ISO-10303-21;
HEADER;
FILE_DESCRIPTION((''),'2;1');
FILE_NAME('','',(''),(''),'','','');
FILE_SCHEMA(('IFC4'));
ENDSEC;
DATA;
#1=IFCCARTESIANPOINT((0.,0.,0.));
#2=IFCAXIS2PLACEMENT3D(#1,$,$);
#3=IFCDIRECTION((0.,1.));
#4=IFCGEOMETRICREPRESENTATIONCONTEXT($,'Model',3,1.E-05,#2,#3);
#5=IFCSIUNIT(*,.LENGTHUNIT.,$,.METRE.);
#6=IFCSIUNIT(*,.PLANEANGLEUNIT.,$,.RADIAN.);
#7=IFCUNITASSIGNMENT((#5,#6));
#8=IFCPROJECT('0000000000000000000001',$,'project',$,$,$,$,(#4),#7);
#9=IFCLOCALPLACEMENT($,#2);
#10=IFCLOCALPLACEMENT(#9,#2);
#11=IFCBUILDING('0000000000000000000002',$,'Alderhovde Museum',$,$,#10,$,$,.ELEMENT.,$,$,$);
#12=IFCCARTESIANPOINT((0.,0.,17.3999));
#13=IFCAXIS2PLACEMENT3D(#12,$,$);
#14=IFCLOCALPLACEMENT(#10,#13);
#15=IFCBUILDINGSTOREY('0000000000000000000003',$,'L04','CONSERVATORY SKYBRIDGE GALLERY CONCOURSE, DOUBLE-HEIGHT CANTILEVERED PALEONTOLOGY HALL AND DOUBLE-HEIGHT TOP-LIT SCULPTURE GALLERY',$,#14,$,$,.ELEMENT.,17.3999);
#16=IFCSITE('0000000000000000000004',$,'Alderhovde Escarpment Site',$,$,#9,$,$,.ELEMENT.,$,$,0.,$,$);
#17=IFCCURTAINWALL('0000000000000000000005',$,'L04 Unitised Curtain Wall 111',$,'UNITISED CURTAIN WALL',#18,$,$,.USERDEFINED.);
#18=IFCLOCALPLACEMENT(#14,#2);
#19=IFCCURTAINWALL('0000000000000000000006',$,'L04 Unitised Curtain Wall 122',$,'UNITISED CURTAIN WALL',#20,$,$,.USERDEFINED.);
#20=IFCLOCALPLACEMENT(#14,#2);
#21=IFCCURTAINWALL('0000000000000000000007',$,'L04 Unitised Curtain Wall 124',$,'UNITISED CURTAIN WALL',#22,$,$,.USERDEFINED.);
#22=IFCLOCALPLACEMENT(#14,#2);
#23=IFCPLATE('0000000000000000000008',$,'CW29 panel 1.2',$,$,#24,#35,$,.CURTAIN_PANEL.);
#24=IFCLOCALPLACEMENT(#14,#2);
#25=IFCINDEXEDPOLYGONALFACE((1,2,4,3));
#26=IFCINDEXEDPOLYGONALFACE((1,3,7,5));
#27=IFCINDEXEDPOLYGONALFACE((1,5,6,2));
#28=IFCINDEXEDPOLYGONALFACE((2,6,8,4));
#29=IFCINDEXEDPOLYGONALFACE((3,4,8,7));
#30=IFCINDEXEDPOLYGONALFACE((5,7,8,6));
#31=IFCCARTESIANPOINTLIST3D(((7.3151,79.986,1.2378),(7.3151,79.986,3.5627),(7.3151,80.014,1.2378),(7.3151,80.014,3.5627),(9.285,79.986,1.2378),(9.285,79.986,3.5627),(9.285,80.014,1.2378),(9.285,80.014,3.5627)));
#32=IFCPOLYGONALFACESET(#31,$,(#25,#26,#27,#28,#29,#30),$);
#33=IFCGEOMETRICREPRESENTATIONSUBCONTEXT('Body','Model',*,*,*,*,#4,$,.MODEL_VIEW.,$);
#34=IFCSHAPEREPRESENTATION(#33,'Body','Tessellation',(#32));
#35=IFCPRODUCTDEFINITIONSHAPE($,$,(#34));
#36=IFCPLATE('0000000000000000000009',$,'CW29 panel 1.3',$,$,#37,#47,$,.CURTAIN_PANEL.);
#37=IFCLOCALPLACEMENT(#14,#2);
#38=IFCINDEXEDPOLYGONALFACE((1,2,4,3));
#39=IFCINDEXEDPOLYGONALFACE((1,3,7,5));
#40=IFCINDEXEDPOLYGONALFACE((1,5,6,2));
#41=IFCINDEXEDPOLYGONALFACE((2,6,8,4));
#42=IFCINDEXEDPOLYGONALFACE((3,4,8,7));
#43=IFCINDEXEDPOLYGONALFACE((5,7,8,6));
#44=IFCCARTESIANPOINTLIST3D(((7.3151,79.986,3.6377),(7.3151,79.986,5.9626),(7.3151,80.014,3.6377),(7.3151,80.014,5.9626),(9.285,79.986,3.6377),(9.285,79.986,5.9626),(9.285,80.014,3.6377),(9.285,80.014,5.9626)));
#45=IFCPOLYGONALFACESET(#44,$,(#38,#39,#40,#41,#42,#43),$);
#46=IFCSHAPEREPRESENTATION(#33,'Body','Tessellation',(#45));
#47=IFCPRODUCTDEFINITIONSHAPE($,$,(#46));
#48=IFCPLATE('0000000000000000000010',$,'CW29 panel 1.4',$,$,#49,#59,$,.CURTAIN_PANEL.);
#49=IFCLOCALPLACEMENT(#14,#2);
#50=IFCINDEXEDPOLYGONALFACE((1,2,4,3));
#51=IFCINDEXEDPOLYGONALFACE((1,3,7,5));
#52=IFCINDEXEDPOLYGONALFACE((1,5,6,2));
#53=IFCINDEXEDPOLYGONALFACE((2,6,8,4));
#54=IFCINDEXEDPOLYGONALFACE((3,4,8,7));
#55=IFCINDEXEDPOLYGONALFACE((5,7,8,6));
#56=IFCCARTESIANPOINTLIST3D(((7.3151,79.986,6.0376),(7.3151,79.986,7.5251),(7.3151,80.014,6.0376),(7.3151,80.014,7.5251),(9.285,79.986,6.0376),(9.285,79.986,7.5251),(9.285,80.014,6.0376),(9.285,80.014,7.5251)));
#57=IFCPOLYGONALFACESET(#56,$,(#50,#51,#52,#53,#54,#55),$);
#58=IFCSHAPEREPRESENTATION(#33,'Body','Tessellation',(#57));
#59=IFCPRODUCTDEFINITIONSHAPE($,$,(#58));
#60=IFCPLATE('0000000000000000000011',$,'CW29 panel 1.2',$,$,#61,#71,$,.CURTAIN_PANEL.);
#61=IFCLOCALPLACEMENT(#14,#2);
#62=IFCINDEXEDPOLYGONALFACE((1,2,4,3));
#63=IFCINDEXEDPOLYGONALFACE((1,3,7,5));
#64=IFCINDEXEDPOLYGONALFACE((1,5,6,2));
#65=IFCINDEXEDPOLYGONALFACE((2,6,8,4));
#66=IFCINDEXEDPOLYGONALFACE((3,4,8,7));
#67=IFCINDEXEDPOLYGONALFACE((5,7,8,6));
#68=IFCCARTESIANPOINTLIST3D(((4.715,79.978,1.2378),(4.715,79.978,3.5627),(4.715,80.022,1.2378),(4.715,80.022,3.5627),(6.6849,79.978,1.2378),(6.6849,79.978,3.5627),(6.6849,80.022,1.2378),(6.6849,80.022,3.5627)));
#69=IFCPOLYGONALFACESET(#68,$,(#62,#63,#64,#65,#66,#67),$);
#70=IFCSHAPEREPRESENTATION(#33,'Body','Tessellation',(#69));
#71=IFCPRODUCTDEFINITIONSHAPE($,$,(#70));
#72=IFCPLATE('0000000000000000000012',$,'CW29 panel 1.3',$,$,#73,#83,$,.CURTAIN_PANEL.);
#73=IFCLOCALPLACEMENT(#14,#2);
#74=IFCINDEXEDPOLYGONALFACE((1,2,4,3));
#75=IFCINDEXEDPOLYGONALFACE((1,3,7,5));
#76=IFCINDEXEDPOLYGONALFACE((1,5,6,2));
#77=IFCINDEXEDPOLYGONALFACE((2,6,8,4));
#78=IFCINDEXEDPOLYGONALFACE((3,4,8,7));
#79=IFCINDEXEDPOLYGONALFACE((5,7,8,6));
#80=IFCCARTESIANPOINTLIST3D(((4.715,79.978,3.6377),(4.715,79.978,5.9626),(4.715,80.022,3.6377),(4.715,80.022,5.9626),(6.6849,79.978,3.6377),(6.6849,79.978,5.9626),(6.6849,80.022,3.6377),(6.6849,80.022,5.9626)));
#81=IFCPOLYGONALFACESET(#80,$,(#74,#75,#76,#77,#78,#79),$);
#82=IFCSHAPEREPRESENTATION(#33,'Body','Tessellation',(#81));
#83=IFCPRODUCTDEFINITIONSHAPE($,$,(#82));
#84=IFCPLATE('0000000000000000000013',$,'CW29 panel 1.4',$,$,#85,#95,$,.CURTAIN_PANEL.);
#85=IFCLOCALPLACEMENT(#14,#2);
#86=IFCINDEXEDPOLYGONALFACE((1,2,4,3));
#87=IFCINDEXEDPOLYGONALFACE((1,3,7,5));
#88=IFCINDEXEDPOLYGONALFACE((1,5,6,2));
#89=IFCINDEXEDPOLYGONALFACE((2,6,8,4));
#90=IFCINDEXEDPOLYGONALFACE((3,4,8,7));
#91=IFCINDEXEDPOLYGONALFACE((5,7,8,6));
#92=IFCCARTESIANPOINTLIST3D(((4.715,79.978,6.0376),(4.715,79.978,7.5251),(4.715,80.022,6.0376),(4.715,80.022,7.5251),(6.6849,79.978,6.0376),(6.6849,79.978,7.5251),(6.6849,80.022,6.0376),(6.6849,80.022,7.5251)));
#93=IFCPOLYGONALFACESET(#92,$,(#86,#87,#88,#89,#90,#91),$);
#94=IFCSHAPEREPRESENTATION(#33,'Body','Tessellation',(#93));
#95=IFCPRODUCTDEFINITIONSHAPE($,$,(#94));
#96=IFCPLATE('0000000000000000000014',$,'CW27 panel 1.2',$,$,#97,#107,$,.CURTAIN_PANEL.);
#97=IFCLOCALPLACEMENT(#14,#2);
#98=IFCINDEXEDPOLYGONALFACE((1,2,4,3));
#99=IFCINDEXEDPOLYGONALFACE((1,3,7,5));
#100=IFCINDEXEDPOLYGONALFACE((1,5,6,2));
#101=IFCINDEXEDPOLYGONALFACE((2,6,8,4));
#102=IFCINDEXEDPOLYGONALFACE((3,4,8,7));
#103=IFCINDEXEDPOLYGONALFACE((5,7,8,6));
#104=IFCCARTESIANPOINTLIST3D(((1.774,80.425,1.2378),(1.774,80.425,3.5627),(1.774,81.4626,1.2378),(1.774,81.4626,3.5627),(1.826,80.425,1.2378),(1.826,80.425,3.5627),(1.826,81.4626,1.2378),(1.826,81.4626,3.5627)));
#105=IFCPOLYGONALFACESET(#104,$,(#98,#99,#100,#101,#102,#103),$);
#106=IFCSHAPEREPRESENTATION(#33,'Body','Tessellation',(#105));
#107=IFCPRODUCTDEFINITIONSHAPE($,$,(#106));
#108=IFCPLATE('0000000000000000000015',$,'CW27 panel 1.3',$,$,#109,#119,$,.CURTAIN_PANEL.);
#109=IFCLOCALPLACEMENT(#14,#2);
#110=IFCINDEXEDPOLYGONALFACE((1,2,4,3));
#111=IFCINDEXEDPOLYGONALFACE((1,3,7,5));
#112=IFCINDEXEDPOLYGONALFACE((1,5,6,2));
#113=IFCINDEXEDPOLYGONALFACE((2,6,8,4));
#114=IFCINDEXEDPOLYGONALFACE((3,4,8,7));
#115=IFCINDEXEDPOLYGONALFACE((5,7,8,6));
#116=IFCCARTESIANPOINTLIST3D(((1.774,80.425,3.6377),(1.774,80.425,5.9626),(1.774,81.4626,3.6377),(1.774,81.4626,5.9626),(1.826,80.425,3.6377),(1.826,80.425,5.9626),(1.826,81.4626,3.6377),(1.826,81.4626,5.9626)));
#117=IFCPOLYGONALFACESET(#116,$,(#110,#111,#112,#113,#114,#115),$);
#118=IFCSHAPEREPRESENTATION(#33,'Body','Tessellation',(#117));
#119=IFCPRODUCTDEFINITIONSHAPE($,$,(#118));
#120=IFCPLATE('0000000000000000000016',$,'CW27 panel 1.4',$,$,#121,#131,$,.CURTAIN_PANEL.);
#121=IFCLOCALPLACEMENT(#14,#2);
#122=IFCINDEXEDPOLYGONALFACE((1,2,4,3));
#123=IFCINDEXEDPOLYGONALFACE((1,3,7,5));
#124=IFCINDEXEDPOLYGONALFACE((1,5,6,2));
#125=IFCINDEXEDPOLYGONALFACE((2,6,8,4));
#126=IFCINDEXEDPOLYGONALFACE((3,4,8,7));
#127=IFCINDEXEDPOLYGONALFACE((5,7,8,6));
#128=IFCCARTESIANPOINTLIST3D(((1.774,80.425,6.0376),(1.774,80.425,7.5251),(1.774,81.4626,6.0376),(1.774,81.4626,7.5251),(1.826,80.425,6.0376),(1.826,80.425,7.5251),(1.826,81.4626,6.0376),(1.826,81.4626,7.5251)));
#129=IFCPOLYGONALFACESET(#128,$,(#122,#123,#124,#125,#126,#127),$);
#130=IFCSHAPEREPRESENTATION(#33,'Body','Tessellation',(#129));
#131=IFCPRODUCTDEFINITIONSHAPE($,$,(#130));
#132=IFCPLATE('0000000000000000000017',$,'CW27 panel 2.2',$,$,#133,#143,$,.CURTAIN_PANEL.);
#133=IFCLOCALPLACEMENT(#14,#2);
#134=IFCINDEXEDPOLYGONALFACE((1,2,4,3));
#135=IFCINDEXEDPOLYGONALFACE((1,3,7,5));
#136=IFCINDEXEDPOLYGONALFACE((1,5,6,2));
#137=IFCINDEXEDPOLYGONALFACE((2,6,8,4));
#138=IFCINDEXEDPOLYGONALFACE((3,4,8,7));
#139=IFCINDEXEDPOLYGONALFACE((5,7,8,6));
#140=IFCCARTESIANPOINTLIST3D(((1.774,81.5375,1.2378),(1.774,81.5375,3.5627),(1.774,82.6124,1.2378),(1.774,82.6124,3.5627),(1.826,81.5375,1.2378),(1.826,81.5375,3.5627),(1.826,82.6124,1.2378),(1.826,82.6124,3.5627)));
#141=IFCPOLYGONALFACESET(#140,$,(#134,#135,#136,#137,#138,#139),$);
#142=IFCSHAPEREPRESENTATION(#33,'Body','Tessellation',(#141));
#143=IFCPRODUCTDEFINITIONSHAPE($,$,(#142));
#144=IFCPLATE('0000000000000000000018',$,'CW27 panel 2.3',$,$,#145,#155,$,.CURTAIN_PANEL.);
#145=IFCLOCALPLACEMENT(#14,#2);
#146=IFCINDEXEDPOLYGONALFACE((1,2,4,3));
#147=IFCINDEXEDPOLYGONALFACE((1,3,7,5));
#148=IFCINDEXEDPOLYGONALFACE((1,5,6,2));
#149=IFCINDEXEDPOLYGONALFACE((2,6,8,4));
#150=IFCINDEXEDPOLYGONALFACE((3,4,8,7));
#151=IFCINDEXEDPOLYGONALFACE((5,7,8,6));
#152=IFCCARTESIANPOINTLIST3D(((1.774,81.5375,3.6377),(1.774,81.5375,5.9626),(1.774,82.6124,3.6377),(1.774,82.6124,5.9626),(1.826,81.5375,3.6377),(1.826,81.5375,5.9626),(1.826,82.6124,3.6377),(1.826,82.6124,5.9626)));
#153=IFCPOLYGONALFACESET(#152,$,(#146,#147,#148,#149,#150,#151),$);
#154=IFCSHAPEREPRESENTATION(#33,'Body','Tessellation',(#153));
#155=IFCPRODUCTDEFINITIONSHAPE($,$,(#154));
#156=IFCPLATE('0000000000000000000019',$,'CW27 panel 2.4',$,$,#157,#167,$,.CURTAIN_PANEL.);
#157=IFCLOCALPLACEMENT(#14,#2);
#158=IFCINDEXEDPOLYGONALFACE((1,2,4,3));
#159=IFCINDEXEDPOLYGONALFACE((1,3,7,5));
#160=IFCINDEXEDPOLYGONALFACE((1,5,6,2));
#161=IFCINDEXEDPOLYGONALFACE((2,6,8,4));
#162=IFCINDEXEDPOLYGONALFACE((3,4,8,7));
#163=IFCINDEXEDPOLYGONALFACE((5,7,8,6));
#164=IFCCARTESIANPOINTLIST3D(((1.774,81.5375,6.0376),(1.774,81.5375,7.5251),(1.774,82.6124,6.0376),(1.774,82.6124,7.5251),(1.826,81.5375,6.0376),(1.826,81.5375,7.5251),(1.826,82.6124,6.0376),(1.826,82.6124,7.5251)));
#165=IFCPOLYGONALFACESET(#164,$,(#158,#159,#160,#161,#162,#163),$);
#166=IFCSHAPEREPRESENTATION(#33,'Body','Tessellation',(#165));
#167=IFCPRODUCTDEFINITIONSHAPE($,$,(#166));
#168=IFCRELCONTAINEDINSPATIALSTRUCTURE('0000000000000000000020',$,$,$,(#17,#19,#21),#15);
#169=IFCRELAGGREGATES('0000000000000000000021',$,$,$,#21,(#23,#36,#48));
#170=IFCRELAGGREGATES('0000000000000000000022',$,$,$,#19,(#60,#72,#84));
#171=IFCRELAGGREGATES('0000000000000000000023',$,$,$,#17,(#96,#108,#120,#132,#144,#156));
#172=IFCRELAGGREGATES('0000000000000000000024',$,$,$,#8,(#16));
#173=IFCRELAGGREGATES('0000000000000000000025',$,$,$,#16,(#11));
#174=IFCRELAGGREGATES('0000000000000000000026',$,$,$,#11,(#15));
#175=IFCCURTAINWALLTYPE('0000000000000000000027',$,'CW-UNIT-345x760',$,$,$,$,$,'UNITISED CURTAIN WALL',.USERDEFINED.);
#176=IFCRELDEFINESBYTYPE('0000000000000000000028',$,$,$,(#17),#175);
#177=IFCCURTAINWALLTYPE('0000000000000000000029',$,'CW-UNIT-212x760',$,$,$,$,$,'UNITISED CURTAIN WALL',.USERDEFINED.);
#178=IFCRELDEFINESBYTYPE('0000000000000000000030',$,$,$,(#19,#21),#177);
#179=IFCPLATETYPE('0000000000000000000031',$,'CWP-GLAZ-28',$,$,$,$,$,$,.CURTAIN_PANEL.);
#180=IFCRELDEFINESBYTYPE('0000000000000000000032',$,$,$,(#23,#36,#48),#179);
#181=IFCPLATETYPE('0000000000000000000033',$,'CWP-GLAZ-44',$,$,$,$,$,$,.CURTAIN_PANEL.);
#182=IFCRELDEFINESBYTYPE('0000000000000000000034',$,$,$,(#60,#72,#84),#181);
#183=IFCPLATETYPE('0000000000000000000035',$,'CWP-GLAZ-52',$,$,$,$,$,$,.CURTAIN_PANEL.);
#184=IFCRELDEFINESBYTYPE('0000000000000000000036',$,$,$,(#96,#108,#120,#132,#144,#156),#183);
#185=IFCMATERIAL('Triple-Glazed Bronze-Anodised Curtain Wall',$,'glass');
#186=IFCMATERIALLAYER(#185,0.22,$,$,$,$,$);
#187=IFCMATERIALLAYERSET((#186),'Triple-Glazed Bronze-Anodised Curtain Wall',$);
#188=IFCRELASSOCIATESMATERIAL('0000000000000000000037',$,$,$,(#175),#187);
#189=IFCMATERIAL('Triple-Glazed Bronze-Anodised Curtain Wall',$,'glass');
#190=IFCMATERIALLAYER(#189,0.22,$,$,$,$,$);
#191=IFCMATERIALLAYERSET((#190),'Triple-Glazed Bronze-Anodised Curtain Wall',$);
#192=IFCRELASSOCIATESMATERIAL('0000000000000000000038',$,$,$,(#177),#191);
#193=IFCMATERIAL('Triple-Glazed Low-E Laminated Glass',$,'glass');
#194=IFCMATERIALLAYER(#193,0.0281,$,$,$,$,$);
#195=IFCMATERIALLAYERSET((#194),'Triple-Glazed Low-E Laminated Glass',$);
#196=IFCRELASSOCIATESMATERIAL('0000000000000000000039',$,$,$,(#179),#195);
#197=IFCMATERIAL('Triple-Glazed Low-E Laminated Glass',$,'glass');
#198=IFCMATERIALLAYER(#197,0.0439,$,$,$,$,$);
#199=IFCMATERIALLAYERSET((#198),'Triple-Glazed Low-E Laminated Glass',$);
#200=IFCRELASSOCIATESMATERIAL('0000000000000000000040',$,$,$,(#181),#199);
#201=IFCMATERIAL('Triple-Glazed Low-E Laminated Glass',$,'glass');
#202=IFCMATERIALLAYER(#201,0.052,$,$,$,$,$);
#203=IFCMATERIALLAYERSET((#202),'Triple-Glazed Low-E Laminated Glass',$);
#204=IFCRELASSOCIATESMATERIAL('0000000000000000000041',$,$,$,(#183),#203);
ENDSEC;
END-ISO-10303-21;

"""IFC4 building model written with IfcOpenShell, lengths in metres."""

from ifc_helpers import new_model, si_unit, direction, frame, origin, origin_2d, place, context, subcontext, project, spatial, rectangle, extrude, material, layer, layer_set, type_object, element, aggregate, save


model = new_model("IFC4")

# Units and contexts
model_context = context("Model", 3, precision=1e-05, world=origin(), true_north=direction((0.0, 1.0)))
body_context = subcontext(model_context, "Body", "Model", "MODEL_VIEW")
ifc_project = project(units=[si_unit("LENGTHUNIT", "METRE"), si_unit("PLANEANGLEUNIT", "RADIAN")], contexts=[model_context])

# Site, building, storey
site_placement = place(None, origin())
site = spatial("IfcSite", under=ifc_project, at=site_placement, Name="Alderhovde Escarpment Site", CompositionType="ELEMENT", RefElevation=0.0)
building_placement = place(site_placement, origin())
building = spatial("IfcBuilding", under=site, at=building_placement, Name="Alderhovde Museum", CompositionType="ELEMENT")
storey_placement = place(building_placement, frame((0.0, 0.0, 17.3999)))
storey = spatial("IfcBuildingStorey", under=building, at=storey_placement, Name="L04", Description="CONSERVATORY SKYBRIDGE GALLERY CONCOURSE, DOUBLE-HEIGHT CANTILEVERED PALEONTOLOGY HALL AND DOUBLE-HEIGHT TOP-LIT SCULPTURE GALLERY", CompositionType="ELEMENT", Elevation=17.3999)

# Curtain walls
ifc_material_1 = material(Name="Triple-Glazed Bronze-Anodised Curtain Wall", Category="glass")
ifc_layer_1 = layer(ifc_material_1, 0.22)
ifc_layer_set_1 = layer_set([ifc_layer_1], Name="Triple-Glazed Bronze-Anodised Curtain Wall")
curtain_wall_type_1 = type_object("IfcCurtainWallType", Name="CW-UNIT-345x760", ElementType="UNITISED CURTAIN WALL", PredefinedType="USERDEFINED", material=ifc_layer_set_1)
curtain_wall_1_placement = place(storey_placement, origin())
curtain_wall_1 = element("IfcCurtainWall", 1, at=curtain_wall_1_placement, inside=storey, type_object=curtain_wall_type_1, Name="L04 Unitised Curtain Wall 111", ObjectType="UNITISED CURTAIN WALL", PredefinedType="USERDEFINED")
ifc_material_2 = material(Name="Triple-Glazed Bronze-Anodised Curtain Wall", Category="glass")
ifc_layer_2 = layer(ifc_material_2, 0.22)
ifc_layer_set_2 = layer_set([ifc_layer_2], Name="Triple-Glazed Bronze-Anodised Curtain Wall")
curtain_wall_type_2 = type_object("IfcCurtainWallType", Name="CW-UNIT-212x760", ElementType="UNITISED CURTAIN WALL", PredefinedType="USERDEFINED", material=ifc_layer_set_2)
curtain_wall_2_placement = place(storey_placement, origin())
curtain_wall_2 = element("IfcCurtainWall", 2, at=curtain_wall_2_placement, inside=storey, type_object=curtain_wall_type_2, Name="L04 Unitised Curtain Wall 122", ObjectType="UNITISED CURTAIN WALL", PredefinedType="USERDEFINED")
curtain_wall_3_placement = place(storey_placement, origin())
curtain_wall_3 = element("IfcCurtainWall", 3, at=curtain_wall_3_placement, inside=storey, type_object=curtain_wall_type_2, Name="L04 Unitised Curtain Wall 124", ObjectType="UNITISED CURTAIN WALL", PredefinedType="USERDEFINED")

# Shared definitions
ifc_material_3 = material(Name="Triple-Glazed Low-E Laminated Glass", Category="glass")
ifc_layer_3 = layer(ifc_material_3, 0.0281)
ifc_layer_set_3 = layer_set([ifc_layer_3], Name="Triple-Glazed Low-E Laminated Glass")
plate_type_1 = type_object("IfcPlateType", Name="CWP-GLAZ-28", PredefinedType="CURTAIN_PANEL", material=ifc_layer_set_3)

# Plates
plate_1_placement = place(storey_placement, frame((8.3, 80.0, 1.2378), z_axis=(0.0, 0.0, 1.0), x_axis=(1.0, 0.0, 0.0)))
plate_1 = element("IfcPlate", 4, at=plate_1_placement, type_object=plate_type_1, Name="CW29 panel 1.2", PredefinedType="CURTAIN_PANEL", context=body_context, shape_type="SweptSolid", body=[
    extrude(rectangle(XDim=1.97, YDim=0.0281, at=origin_2d()), origin(), (0.0, 0.0, 1.0), 2.325),
])
plate_2_placement = place(storey_placement, frame((8.3, 80.0, 3.6377), z_axis=(0.0, 0.0, 1.0), x_axis=(1.0, 0.0, 0.0)))
plate_2 = element("IfcPlate", 5, at=plate_2_placement, type_object=plate_type_1, Name="CW29 panel 1.3", PredefinedType="CURTAIN_PANEL", context=body_context, shape_type="SweptSolid", body=[
    extrude(rectangle(XDim=1.97, YDim=0.0281, at=origin_2d()), origin(), (0.0, 0.0, 1.0), 2.325),
])
plate_3_placement = place(storey_placement, frame((8.3, 80.0, 6.0376), z_axis=(0.0, 0.0, 1.0), x_axis=(1.0, 0.0, 0.0)))
plate_3 = element("IfcPlate", 6, at=plate_3_placement, type_object=plate_type_1, Name="CW29 panel 1.4", PredefinedType="CURTAIN_PANEL", context=body_context, shape_type="SweptSolid", body=[
    extrude(rectangle(XDim=1.97, YDim=0.0281, at=origin_2d()), origin(), (0.0, 0.0, 1.0), 1.4875),
])
aggregate(curtain_wall_3, [plate_1, plate_2, plate_3])
ifc_material_4 = material(Name="Triple-Glazed Low-E Laminated Glass", Category="glass")
ifc_layer_4 = layer(ifc_material_4, 0.0439)
ifc_layer_set_4 = layer_set([ifc_layer_4], Name="Triple-Glazed Low-E Laminated Glass")
plate_type_2 = type_object("IfcPlateType", Name="CWP-GLAZ-44", PredefinedType="CURTAIN_PANEL", material=ifc_layer_set_4)
plate_4_placement = place(storey_placement, frame((5.7, 80.0, 1.2378), z_axis=(0.0, 0.0, 1.0), x_axis=(1.0, 0.0, 0.0)))
plate_4 = element("IfcPlate", 7, at=plate_4_placement, type_object=plate_type_2, Name="CW29 panel 1.2", PredefinedType="CURTAIN_PANEL", context=body_context, shape_type="SweptSolid", body=[
    extrude(rectangle(XDim=1.97, YDim=0.0439, at=origin_2d()), origin(), (0.0, 0.0, 1.0), 2.325),
])
plate_5_placement = place(storey_placement, frame((5.7, 80.0, 3.6377), z_axis=(0.0, 0.0, 1.0), x_axis=(1.0, 0.0, 0.0)))
plate_5 = element("IfcPlate", 8, at=plate_5_placement, type_object=plate_type_2, Name="CW29 panel 1.3", PredefinedType="CURTAIN_PANEL", context=body_context, shape_type="SweptSolid", body=[
    extrude(rectangle(XDim=1.97, YDim=0.0439, at=origin_2d()), origin(), (0.0, 0.0, 1.0), 2.325),
])
plate_6_placement = place(storey_placement, frame((5.7, 80.0, 6.0376), z_axis=(0.0, 0.0, 1.0), x_axis=(1.0, 0.0, 0.0)))
plate_6 = element("IfcPlate", 9, at=plate_6_placement, type_object=plate_type_2, Name="CW29 panel 1.4", PredefinedType="CURTAIN_PANEL", context=body_context, shape_type="SweptSolid", body=[
    extrude(rectangle(XDim=1.97, YDim=0.0439, at=origin_2d()), origin(), (0.0, 0.0, 1.0), 1.4875),
])
aggregate(curtain_wall_2, [plate_4, plate_5, plate_6])
ifc_material_5 = material(Name="Triple-Glazed Low-E Laminated Glass", Category="glass")
ifc_layer_5 = layer(ifc_material_5, 0.052)
ifc_layer_set_5 = layer_set([ifc_layer_5], Name="Triple-Glazed Low-E Laminated Glass")
plate_type_3 = type_object("IfcPlateType", Name="CWP-GLAZ-52", PredefinedType="CURTAIN_PANEL", material=ifc_layer_set_5)
plate_7_placement = place(storey_placement, frame((1.8, 80.9438, 1.2378), z_axis=(0.0, 0.0, 1.0), x_axis=(0.0, 1.0, 0.0)))
plate_7 = element("IfcPlate", 10, at=plate_7_placement, type_object=plate_type_3, Name="CW27 panel 1.2", PredefinedType="CURTAIN_PANEL", context=body_context, shape_type="SweptSolid", body=[
    extrude(rectangle(XDim=1.0376, YDim=0.052, at=origin_2d()), origin(), (0.0, 0.0, 1.0), 2.325),
])
plate_8_placement = place(storey_placement, frame((1.8, 80.9438, 3.6377), z_axis=(0.0, 0.0, 1.0), x_axis=(0.0, 1.0, 0.0)))
plate_8 = element("IfcPlate", 11, at=plate_8_placement, type_object=plate_type_3, Name="CW27 panel 1.3", PredefinedType="CURTAIN_PANEL", context=body_context, shape_type="SweptSolid", body=[
    extrude(rectangle(XDim=1.0376, YDim=0.052, at=origin_2d()), origin(), (0.0, 0.0, 1.0), 2.325),
])
plate_9_placement = place(storey_placement, frame((1.8, 80.9438, 6.0376), z_axis=(0.0, 0.0, 1.0), x_axis=(0.0, 1.0, 0.0)))
plate_9 = element("IfcPlate", 12, at=plate_9_placement, type_object=plate_type_3, Name="CW27 panel 1.4", PredefinedType="CURTAIN_PANEL", context=body_context, shape_type="SweptSolid", body=[
    extrude(rectangle(XDim=1.0376, YDim=0.052, at=origin_2d()), origin(), (0.0, 0.0, 1.0), 1.4875),
])
plate_10_placement = place(storey_placement, frame((1.8, 82.075, 1.2378), z_axis=(0.0, 0.0, 1.0), x_axis=(0.0, 1.0, 0.0)))
plate_10 = element("IfcPlate", 13, at=plate_10_placement, type_object=plate_type_3, Name="CW27 panel 2.2", PredefinedType="CURTAIN_PANEL", context=body_context, shape_type="SweptSolid", body=[
    extrude(rectangle(XDim=1.075, YDim=0.052, at=origin_2d()), origin(), (0.0, 0.0, 1.0), 2.325),
])
plate_11_placement = place(storey_placement, frame((1.8, 82.075, 3.6377), z_axis=(0.0, 0.0, 1.0), x_axis=(0.0, 1.0, 0.0)))
plate_11 = element("IfcPlate", 14, at=plate_11_placement, type_object=plate_type_3, Name="CW27 panel 2.3", PredefinedType="CURTAIN_PANEL", context=body_context, shape_type="SweptSolid", body=[
    extrude(rectangle(XDim=1.075, YDim=0.052, at=origin_2d()), origin(), (0.0, 0.0, 1.0), 2.325),
])
plate_12_placement = place(storey_placement, frame((1.8, 82.075, 6.0376), z_axis=(0.0, 0.0, 1.0), x_axis=(0.0, 1.0, 0.0)))
plate_12 = element("IfcPlate", 15, at=plate_12_placement, type_object=plate_type_3, Name="CW27 panel 2.4", PredefinedType="CURTAIN_PANEL", context=body_context, shape_type="SweptSolid", body=[
    extrude(rectangle(XDim=1.075, YDim=0.052, at=origin_2d()), origin(), (0.0, 0.0, 1.0), 1.4875),
])
aggregate(curtain_wall_1, [plate_7, plate_8, plate_9, plate_10, plate_11, plate_12])

save(model, "model.ifc")
